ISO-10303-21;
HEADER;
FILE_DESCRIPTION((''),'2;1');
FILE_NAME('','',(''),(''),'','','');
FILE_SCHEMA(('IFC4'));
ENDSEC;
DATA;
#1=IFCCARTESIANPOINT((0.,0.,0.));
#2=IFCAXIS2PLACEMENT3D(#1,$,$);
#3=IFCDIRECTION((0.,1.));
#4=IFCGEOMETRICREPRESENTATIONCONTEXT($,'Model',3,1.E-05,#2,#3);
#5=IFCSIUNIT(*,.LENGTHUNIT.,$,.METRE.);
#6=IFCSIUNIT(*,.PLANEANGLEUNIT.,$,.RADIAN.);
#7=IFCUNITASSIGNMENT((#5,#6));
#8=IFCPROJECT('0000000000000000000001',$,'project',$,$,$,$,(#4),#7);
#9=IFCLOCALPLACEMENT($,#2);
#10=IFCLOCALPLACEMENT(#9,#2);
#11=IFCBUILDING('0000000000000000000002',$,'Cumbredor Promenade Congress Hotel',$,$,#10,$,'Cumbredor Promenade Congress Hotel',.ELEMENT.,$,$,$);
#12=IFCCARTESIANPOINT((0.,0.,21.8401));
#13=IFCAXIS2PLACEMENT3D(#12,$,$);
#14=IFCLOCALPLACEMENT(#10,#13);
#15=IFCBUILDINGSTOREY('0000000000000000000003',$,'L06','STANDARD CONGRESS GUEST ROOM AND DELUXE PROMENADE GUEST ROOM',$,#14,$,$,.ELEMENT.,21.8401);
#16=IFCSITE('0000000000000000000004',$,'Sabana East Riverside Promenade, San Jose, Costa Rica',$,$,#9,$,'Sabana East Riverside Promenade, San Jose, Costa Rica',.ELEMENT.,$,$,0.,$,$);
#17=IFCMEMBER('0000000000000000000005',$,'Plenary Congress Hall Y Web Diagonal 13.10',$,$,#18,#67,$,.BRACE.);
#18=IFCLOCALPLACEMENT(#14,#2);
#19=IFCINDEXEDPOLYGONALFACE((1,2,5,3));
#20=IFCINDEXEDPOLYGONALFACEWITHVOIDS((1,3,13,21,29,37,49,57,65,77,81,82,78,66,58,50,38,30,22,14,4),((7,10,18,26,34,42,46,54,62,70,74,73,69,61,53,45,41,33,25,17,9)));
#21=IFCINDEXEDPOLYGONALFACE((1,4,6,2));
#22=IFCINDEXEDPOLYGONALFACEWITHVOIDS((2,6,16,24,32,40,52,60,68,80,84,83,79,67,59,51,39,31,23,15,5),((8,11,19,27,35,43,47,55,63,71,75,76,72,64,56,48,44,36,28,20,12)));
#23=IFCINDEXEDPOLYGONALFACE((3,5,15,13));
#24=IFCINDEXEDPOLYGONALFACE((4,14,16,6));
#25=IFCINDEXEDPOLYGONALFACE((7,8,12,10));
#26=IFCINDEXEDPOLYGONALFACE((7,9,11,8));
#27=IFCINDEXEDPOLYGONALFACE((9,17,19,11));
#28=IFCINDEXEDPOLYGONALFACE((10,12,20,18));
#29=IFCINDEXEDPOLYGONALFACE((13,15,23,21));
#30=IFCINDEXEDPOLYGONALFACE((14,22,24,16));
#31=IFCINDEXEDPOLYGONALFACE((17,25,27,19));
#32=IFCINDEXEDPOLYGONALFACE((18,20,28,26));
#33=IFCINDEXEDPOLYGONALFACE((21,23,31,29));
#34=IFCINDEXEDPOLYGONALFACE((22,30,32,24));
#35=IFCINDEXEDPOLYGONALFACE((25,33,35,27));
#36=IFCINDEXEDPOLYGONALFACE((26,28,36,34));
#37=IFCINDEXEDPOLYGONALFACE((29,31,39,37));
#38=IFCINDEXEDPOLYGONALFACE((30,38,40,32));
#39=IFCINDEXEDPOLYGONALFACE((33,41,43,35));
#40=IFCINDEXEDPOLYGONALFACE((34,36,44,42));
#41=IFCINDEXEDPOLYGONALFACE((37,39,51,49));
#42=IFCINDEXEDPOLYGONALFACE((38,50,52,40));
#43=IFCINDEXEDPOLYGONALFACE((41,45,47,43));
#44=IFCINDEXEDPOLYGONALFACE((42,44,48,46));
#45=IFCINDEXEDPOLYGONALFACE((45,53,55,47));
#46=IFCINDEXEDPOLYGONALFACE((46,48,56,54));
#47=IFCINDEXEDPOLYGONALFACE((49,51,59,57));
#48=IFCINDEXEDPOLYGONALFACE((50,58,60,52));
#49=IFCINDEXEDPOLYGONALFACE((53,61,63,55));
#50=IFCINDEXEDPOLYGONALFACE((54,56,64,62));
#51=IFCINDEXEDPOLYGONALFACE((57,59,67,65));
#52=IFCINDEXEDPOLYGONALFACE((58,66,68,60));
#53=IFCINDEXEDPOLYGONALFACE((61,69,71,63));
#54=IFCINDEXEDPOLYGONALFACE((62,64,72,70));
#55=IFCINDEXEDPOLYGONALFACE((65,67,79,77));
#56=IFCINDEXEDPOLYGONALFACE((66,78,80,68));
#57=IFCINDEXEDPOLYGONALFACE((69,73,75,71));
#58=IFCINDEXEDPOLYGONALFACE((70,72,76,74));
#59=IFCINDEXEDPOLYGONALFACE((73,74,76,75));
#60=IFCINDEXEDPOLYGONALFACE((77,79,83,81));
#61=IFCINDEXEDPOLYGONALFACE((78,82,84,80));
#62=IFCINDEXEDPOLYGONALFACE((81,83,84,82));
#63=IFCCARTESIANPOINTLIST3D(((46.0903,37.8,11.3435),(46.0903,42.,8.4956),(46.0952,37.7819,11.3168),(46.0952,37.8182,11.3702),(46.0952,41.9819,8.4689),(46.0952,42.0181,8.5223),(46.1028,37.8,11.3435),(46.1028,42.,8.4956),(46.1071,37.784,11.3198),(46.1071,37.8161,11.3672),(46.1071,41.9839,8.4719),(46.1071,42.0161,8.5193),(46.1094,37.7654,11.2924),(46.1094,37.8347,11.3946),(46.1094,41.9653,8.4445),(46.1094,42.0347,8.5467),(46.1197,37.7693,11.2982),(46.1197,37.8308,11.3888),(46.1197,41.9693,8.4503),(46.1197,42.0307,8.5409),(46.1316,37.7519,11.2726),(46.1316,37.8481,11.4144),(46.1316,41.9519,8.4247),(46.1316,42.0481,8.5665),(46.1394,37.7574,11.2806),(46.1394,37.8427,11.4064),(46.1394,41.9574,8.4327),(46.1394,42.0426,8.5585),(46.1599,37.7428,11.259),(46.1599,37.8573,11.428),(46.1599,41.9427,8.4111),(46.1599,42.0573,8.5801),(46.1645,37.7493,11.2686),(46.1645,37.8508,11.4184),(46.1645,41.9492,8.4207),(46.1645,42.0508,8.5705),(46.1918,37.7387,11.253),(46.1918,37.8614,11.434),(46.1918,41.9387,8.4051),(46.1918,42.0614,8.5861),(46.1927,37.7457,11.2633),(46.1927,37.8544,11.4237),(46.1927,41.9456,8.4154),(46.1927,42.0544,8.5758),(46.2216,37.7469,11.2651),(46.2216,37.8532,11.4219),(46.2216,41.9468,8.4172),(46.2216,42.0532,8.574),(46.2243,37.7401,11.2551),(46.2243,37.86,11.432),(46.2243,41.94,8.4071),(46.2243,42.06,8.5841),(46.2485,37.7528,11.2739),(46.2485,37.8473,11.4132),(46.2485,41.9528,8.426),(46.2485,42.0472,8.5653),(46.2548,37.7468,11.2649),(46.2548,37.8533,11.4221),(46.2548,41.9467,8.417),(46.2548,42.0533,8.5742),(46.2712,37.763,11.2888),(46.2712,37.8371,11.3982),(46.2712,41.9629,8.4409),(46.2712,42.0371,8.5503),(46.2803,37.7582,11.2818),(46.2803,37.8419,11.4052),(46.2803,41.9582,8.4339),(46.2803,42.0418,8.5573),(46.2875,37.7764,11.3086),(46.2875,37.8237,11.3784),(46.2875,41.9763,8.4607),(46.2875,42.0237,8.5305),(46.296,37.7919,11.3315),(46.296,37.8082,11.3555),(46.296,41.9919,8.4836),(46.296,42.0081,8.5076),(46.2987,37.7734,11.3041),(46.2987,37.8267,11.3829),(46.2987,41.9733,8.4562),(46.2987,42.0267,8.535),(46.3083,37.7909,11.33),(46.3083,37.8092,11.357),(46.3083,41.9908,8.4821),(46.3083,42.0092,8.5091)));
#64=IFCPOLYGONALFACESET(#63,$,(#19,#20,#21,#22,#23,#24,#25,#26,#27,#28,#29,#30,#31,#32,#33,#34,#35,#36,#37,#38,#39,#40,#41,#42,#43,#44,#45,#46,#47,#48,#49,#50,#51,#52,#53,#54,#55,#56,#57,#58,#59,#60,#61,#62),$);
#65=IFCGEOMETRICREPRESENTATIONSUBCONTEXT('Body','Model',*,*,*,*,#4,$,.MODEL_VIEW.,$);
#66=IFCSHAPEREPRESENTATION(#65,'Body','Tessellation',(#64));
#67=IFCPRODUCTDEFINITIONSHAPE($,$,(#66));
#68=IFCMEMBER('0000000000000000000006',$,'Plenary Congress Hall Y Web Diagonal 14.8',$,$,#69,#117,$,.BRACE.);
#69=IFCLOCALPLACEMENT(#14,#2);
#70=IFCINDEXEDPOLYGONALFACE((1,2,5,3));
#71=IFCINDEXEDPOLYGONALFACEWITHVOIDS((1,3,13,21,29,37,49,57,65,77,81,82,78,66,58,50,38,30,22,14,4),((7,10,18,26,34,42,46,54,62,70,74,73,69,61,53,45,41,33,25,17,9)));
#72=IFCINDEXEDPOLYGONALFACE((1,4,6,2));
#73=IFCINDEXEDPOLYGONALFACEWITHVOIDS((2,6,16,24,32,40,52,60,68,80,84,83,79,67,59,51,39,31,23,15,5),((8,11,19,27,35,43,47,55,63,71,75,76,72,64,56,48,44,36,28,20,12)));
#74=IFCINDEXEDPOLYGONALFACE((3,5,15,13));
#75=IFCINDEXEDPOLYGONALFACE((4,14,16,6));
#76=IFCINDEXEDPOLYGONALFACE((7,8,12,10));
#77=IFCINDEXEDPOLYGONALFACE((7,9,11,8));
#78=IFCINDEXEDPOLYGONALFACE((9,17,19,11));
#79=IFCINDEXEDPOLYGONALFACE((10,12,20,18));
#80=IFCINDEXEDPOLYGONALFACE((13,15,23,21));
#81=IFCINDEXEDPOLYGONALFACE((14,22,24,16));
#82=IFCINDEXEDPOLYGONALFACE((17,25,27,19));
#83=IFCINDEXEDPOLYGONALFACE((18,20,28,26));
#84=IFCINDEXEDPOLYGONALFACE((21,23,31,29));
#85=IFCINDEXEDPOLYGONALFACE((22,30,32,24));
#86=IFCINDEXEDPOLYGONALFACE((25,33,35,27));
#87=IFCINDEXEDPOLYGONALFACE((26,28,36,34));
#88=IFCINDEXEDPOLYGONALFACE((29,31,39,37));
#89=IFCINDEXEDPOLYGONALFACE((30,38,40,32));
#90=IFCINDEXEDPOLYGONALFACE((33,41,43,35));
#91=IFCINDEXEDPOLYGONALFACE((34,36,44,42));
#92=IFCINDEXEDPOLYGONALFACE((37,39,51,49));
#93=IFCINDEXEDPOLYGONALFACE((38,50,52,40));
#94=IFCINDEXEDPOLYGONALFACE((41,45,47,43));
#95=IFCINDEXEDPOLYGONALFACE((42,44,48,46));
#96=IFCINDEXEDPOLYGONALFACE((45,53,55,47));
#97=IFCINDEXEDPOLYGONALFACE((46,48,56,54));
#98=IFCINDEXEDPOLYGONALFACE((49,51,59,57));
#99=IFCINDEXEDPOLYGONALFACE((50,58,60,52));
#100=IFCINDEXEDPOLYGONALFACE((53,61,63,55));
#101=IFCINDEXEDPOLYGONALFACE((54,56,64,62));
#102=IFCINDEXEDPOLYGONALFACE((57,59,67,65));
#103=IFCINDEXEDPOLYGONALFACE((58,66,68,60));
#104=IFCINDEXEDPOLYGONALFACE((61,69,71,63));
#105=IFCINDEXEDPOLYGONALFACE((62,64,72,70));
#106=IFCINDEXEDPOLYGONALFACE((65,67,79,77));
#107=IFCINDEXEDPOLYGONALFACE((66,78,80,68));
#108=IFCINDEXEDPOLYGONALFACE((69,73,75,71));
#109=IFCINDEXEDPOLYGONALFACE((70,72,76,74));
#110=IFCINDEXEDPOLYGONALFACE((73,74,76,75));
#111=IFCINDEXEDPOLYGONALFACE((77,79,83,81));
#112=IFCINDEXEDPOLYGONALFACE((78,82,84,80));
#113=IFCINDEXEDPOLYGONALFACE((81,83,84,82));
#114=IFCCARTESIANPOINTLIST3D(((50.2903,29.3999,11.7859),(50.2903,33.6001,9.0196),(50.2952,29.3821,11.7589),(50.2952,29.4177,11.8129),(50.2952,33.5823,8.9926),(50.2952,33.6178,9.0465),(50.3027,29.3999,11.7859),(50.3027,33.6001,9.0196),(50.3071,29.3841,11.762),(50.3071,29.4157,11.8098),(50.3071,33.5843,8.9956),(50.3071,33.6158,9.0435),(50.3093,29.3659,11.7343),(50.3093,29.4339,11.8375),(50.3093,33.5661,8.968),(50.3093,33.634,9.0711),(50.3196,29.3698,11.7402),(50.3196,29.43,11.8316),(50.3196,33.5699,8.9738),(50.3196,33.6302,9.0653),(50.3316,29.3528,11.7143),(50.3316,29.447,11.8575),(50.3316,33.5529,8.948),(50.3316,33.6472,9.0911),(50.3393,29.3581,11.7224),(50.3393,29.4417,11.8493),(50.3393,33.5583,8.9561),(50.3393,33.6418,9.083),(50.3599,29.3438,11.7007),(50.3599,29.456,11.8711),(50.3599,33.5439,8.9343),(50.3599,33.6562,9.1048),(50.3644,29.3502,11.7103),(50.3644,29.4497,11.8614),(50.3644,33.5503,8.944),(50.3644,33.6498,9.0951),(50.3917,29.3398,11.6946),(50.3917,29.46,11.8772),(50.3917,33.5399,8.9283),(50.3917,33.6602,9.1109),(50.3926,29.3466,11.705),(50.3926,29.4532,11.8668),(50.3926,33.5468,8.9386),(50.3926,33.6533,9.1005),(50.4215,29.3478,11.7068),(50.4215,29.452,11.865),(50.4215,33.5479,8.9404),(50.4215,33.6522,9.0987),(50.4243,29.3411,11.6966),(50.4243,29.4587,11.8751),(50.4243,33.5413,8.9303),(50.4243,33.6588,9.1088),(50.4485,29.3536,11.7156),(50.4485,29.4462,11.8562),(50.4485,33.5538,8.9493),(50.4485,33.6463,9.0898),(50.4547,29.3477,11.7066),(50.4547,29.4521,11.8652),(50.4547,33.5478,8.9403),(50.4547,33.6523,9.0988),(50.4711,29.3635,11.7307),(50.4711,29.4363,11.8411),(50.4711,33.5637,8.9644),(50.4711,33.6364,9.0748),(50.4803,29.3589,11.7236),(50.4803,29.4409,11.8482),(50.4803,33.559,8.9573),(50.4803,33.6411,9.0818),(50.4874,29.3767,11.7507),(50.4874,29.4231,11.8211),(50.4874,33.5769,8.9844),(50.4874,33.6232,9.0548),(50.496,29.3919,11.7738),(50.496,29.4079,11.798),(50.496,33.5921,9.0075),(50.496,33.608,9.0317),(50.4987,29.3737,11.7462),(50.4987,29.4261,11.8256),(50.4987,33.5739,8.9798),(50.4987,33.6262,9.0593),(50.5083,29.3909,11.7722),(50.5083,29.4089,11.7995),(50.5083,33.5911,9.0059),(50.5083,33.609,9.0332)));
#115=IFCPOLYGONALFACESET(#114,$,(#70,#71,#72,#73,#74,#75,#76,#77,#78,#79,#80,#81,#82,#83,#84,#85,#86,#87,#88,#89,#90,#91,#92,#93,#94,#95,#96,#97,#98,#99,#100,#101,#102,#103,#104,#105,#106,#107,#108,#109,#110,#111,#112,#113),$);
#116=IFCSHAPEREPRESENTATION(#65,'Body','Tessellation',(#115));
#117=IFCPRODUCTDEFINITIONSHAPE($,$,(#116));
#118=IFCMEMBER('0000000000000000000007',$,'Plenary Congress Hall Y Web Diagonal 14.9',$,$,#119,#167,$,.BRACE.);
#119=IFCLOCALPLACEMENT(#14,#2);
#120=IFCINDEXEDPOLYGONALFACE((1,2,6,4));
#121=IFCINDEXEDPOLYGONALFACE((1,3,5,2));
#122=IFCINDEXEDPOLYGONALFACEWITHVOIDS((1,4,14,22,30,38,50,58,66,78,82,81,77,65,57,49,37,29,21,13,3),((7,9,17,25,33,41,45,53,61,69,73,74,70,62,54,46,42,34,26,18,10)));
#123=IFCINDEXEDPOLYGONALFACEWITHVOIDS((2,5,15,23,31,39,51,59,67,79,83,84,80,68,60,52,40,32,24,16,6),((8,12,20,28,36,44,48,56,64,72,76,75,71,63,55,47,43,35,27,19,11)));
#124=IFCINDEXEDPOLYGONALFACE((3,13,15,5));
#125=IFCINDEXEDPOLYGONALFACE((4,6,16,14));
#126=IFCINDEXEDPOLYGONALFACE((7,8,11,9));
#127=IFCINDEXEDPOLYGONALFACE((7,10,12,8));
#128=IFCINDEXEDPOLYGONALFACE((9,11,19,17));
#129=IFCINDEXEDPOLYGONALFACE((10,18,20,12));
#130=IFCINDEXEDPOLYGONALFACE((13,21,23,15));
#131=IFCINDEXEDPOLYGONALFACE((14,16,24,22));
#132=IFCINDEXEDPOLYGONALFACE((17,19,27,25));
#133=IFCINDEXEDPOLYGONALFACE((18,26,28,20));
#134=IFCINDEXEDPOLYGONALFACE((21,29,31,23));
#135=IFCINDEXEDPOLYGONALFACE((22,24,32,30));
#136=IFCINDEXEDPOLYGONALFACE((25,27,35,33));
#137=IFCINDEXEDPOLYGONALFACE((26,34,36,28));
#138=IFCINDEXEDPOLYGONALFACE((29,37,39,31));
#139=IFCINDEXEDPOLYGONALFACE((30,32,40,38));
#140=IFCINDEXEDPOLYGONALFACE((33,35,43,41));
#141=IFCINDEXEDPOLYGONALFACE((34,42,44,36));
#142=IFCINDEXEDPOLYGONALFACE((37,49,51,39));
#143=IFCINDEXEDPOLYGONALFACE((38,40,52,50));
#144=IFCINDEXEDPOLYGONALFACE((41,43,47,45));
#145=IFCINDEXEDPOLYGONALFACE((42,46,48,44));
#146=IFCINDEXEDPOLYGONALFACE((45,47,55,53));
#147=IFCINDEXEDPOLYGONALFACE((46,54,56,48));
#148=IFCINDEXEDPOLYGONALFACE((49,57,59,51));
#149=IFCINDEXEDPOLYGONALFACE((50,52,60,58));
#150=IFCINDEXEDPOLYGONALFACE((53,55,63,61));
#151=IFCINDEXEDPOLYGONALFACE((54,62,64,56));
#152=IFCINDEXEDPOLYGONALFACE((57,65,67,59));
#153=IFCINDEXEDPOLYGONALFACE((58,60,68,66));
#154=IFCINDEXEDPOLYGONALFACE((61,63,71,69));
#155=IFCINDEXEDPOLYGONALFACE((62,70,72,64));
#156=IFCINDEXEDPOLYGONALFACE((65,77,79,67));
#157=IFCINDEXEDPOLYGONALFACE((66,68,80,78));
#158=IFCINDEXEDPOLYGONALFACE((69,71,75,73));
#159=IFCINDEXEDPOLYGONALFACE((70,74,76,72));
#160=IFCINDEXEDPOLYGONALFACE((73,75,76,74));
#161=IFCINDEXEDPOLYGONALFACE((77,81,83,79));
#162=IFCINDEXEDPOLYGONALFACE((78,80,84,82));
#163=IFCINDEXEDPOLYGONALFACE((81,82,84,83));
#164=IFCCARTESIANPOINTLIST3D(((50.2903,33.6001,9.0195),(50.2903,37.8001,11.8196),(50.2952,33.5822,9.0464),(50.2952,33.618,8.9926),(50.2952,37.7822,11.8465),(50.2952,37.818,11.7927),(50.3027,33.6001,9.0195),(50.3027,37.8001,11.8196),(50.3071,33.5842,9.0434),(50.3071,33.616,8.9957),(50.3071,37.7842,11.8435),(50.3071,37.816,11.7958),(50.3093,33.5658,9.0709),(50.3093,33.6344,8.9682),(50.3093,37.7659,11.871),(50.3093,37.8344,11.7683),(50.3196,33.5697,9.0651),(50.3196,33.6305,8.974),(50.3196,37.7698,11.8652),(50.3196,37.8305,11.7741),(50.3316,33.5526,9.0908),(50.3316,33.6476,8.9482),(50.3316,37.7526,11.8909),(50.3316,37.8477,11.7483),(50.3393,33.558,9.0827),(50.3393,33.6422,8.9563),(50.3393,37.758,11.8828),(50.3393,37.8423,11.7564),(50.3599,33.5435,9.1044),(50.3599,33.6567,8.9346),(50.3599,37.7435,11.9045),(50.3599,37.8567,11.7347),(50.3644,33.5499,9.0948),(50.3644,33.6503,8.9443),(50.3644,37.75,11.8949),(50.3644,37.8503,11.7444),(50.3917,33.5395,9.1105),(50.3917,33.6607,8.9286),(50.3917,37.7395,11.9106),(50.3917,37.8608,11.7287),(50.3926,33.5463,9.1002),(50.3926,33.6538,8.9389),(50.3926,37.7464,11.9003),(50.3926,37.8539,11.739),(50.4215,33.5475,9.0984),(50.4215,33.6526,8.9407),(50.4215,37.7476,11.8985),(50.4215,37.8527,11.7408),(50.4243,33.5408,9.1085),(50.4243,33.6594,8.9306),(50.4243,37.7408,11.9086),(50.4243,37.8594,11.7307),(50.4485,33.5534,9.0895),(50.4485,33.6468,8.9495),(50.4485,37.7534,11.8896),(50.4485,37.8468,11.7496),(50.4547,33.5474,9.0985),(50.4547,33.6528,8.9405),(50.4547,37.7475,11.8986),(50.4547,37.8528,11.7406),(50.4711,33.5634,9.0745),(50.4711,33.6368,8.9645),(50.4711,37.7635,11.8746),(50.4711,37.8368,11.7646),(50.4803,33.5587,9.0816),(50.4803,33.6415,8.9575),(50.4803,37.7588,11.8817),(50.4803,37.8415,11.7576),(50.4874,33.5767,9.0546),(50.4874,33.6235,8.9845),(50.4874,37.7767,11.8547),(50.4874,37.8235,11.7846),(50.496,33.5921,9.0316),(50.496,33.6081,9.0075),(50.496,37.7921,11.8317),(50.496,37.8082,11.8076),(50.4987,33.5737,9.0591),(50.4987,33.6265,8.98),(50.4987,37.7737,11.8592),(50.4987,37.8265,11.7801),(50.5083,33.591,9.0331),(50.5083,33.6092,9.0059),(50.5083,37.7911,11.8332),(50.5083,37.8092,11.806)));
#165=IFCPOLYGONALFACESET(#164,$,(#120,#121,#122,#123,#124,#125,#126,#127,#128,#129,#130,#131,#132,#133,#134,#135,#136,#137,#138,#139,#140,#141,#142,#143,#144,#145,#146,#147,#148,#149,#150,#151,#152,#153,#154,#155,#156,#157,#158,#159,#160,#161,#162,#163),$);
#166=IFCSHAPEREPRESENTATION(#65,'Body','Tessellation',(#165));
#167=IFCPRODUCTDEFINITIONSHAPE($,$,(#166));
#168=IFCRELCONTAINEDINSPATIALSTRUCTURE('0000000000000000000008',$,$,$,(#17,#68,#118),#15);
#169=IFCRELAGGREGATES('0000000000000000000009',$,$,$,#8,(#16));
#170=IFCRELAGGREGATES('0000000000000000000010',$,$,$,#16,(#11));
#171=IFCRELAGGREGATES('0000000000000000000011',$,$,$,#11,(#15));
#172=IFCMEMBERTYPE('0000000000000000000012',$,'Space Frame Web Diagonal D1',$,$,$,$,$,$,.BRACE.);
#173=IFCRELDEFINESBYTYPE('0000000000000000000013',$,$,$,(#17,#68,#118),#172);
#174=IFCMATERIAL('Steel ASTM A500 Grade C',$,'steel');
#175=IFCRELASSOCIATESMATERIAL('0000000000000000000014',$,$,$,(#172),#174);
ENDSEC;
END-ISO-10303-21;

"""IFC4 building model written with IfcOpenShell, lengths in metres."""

from ifc_helpers import new_model, si_unit, direction, frame, origin, origin_2d, place, context, subcontext, project, spatial, hollow_circle, extrude, material, material_profile, profile_set, type_object, element, save


model = new_model("IFC4")

# Units and contexts
model_context = context("Model", 3, precision=1e-05, world=origin(), true_north=direction((0.0, 1.0)))
body_context = subcontext(model_context, "Body", "Model", "MODEL_VIEW")
ifc_project = project(units=[si_unit("LENGTHUNIT", "METRE"), si_unit("PLANEANGLEUNIT", "RADIAN")], contexts=[model_context])

# Site, building, storey
site_placement = place(None, origin())
site = spatial("IfcSite", under=ifc_project, at=site_placement, Name="Sabana East Riverside Promenade, San Jose, Costa Rica", LongName="Sabana East Riverside Promenade, San Jose, Costa Rica", CompositionType="ELEMENT", RefElevation=0.0)
building_placement = place(site_placement, origin())
building = spatial("IfcBuilding", under=site, at=building_placement, Name="Cumbredor Promenade Congress Hotel", LongName="Cumbredor Promenade Congress Hotel", CompositionType="ELEMENT")
storey_placement = place(building_placement, frame((0.0, 0.0, 21.8401)))
storey = spatial("IfcBuildingStorey", under=building, at=storey_placement, Name="L06", Description="STANDARD CONGRESS GUEST ROOM AND DELUXE PROMENADE GUEST ROOM", CompositionType="ELEMENT", Elevation=21.8401)

# Members
ifc_material_1 = material(Name="Steel ASTM A500 Grade C", Category="steel")
ifc_material_profile_1 = material_profile(ifc_material_1, hollow_circle(Radius=0.1096, WallThickness=0.0125, at=origin_2d()), Name="CHS 219.1x12.5")
ifc_profile_set_1 = profile_set([ifc_material_profile_1], Name="Steel ASTM A500 Grade C")
member_type_1 = type_object("IfcMemberType", Name="Space Frame Web Diagonal D1", PredefinedType="BRACE", material=ifc_profile_set_1)
member_1_placement = place(storey_placement, frame((46.2, 37.8, 11.3435), z_axis=(0.0, 0.827665, -0.561223), x_axis=(-1.0, 0.0, 0.0)))
element("IfcMember", 1, at=member_1_placement, inside=storey, type_object=member_type_1, Name="Plenary Congress Hall Y Web Diagonal 13.10", PredefinedType="BRACE", context=body_context, shape_type="SweptSolid", body=[
    extrude(hollow_circle(Radius=0.1096, WallThickness=0.0125, at=origin_2d()), origin(), (0.0, 0.0, 1.0), 5.0745),
])
member_2_placement = place(storey_placement, frame((50.3999, 29.3999, 11.7859), z_axis=(0.0, 0.835137, -0.550043), x_axis=(-1.0, 0.0, 0.0)))
element("IfcMember", 2, at=member_2_placement, inside=storey, type_object=member_type_1, Name="Plenary Congress Hall Y Web Diagonal 14.8", PredefinedType="BRACE", context=body_context, shape_type="SweptSolid", body=[
    extrude(hollow_circle(Radius=0.1096, WallThickness=0.0125, at=origin_2d()), origin(), (0.0, 0.0, 1.0), 5.0293),
])
member_3_placement = place(storey_placement, frame((50.3999, 33.6001, 9.0195), z_axis=(0.0, 0.832043, 0.554711), x_axis=(-1.0, 0.0, 0.0)))
element("IfcMember", 3, at=member_3_placement, inside=storey, type_object=member_type_1, Name="Plenary Congress Hall Y Web Diagonal 14.9", PredefinedType="BRACE", context=body_context, shape_type="SweptSolid", body=[
    extrude(hollow_circle(Radius=0.1096, WallThickness=0.0125, at=origin_2d()), origin(), (0.0, 0.0, 1.0), 5.0479),
])

save(model, "model.ifc")
